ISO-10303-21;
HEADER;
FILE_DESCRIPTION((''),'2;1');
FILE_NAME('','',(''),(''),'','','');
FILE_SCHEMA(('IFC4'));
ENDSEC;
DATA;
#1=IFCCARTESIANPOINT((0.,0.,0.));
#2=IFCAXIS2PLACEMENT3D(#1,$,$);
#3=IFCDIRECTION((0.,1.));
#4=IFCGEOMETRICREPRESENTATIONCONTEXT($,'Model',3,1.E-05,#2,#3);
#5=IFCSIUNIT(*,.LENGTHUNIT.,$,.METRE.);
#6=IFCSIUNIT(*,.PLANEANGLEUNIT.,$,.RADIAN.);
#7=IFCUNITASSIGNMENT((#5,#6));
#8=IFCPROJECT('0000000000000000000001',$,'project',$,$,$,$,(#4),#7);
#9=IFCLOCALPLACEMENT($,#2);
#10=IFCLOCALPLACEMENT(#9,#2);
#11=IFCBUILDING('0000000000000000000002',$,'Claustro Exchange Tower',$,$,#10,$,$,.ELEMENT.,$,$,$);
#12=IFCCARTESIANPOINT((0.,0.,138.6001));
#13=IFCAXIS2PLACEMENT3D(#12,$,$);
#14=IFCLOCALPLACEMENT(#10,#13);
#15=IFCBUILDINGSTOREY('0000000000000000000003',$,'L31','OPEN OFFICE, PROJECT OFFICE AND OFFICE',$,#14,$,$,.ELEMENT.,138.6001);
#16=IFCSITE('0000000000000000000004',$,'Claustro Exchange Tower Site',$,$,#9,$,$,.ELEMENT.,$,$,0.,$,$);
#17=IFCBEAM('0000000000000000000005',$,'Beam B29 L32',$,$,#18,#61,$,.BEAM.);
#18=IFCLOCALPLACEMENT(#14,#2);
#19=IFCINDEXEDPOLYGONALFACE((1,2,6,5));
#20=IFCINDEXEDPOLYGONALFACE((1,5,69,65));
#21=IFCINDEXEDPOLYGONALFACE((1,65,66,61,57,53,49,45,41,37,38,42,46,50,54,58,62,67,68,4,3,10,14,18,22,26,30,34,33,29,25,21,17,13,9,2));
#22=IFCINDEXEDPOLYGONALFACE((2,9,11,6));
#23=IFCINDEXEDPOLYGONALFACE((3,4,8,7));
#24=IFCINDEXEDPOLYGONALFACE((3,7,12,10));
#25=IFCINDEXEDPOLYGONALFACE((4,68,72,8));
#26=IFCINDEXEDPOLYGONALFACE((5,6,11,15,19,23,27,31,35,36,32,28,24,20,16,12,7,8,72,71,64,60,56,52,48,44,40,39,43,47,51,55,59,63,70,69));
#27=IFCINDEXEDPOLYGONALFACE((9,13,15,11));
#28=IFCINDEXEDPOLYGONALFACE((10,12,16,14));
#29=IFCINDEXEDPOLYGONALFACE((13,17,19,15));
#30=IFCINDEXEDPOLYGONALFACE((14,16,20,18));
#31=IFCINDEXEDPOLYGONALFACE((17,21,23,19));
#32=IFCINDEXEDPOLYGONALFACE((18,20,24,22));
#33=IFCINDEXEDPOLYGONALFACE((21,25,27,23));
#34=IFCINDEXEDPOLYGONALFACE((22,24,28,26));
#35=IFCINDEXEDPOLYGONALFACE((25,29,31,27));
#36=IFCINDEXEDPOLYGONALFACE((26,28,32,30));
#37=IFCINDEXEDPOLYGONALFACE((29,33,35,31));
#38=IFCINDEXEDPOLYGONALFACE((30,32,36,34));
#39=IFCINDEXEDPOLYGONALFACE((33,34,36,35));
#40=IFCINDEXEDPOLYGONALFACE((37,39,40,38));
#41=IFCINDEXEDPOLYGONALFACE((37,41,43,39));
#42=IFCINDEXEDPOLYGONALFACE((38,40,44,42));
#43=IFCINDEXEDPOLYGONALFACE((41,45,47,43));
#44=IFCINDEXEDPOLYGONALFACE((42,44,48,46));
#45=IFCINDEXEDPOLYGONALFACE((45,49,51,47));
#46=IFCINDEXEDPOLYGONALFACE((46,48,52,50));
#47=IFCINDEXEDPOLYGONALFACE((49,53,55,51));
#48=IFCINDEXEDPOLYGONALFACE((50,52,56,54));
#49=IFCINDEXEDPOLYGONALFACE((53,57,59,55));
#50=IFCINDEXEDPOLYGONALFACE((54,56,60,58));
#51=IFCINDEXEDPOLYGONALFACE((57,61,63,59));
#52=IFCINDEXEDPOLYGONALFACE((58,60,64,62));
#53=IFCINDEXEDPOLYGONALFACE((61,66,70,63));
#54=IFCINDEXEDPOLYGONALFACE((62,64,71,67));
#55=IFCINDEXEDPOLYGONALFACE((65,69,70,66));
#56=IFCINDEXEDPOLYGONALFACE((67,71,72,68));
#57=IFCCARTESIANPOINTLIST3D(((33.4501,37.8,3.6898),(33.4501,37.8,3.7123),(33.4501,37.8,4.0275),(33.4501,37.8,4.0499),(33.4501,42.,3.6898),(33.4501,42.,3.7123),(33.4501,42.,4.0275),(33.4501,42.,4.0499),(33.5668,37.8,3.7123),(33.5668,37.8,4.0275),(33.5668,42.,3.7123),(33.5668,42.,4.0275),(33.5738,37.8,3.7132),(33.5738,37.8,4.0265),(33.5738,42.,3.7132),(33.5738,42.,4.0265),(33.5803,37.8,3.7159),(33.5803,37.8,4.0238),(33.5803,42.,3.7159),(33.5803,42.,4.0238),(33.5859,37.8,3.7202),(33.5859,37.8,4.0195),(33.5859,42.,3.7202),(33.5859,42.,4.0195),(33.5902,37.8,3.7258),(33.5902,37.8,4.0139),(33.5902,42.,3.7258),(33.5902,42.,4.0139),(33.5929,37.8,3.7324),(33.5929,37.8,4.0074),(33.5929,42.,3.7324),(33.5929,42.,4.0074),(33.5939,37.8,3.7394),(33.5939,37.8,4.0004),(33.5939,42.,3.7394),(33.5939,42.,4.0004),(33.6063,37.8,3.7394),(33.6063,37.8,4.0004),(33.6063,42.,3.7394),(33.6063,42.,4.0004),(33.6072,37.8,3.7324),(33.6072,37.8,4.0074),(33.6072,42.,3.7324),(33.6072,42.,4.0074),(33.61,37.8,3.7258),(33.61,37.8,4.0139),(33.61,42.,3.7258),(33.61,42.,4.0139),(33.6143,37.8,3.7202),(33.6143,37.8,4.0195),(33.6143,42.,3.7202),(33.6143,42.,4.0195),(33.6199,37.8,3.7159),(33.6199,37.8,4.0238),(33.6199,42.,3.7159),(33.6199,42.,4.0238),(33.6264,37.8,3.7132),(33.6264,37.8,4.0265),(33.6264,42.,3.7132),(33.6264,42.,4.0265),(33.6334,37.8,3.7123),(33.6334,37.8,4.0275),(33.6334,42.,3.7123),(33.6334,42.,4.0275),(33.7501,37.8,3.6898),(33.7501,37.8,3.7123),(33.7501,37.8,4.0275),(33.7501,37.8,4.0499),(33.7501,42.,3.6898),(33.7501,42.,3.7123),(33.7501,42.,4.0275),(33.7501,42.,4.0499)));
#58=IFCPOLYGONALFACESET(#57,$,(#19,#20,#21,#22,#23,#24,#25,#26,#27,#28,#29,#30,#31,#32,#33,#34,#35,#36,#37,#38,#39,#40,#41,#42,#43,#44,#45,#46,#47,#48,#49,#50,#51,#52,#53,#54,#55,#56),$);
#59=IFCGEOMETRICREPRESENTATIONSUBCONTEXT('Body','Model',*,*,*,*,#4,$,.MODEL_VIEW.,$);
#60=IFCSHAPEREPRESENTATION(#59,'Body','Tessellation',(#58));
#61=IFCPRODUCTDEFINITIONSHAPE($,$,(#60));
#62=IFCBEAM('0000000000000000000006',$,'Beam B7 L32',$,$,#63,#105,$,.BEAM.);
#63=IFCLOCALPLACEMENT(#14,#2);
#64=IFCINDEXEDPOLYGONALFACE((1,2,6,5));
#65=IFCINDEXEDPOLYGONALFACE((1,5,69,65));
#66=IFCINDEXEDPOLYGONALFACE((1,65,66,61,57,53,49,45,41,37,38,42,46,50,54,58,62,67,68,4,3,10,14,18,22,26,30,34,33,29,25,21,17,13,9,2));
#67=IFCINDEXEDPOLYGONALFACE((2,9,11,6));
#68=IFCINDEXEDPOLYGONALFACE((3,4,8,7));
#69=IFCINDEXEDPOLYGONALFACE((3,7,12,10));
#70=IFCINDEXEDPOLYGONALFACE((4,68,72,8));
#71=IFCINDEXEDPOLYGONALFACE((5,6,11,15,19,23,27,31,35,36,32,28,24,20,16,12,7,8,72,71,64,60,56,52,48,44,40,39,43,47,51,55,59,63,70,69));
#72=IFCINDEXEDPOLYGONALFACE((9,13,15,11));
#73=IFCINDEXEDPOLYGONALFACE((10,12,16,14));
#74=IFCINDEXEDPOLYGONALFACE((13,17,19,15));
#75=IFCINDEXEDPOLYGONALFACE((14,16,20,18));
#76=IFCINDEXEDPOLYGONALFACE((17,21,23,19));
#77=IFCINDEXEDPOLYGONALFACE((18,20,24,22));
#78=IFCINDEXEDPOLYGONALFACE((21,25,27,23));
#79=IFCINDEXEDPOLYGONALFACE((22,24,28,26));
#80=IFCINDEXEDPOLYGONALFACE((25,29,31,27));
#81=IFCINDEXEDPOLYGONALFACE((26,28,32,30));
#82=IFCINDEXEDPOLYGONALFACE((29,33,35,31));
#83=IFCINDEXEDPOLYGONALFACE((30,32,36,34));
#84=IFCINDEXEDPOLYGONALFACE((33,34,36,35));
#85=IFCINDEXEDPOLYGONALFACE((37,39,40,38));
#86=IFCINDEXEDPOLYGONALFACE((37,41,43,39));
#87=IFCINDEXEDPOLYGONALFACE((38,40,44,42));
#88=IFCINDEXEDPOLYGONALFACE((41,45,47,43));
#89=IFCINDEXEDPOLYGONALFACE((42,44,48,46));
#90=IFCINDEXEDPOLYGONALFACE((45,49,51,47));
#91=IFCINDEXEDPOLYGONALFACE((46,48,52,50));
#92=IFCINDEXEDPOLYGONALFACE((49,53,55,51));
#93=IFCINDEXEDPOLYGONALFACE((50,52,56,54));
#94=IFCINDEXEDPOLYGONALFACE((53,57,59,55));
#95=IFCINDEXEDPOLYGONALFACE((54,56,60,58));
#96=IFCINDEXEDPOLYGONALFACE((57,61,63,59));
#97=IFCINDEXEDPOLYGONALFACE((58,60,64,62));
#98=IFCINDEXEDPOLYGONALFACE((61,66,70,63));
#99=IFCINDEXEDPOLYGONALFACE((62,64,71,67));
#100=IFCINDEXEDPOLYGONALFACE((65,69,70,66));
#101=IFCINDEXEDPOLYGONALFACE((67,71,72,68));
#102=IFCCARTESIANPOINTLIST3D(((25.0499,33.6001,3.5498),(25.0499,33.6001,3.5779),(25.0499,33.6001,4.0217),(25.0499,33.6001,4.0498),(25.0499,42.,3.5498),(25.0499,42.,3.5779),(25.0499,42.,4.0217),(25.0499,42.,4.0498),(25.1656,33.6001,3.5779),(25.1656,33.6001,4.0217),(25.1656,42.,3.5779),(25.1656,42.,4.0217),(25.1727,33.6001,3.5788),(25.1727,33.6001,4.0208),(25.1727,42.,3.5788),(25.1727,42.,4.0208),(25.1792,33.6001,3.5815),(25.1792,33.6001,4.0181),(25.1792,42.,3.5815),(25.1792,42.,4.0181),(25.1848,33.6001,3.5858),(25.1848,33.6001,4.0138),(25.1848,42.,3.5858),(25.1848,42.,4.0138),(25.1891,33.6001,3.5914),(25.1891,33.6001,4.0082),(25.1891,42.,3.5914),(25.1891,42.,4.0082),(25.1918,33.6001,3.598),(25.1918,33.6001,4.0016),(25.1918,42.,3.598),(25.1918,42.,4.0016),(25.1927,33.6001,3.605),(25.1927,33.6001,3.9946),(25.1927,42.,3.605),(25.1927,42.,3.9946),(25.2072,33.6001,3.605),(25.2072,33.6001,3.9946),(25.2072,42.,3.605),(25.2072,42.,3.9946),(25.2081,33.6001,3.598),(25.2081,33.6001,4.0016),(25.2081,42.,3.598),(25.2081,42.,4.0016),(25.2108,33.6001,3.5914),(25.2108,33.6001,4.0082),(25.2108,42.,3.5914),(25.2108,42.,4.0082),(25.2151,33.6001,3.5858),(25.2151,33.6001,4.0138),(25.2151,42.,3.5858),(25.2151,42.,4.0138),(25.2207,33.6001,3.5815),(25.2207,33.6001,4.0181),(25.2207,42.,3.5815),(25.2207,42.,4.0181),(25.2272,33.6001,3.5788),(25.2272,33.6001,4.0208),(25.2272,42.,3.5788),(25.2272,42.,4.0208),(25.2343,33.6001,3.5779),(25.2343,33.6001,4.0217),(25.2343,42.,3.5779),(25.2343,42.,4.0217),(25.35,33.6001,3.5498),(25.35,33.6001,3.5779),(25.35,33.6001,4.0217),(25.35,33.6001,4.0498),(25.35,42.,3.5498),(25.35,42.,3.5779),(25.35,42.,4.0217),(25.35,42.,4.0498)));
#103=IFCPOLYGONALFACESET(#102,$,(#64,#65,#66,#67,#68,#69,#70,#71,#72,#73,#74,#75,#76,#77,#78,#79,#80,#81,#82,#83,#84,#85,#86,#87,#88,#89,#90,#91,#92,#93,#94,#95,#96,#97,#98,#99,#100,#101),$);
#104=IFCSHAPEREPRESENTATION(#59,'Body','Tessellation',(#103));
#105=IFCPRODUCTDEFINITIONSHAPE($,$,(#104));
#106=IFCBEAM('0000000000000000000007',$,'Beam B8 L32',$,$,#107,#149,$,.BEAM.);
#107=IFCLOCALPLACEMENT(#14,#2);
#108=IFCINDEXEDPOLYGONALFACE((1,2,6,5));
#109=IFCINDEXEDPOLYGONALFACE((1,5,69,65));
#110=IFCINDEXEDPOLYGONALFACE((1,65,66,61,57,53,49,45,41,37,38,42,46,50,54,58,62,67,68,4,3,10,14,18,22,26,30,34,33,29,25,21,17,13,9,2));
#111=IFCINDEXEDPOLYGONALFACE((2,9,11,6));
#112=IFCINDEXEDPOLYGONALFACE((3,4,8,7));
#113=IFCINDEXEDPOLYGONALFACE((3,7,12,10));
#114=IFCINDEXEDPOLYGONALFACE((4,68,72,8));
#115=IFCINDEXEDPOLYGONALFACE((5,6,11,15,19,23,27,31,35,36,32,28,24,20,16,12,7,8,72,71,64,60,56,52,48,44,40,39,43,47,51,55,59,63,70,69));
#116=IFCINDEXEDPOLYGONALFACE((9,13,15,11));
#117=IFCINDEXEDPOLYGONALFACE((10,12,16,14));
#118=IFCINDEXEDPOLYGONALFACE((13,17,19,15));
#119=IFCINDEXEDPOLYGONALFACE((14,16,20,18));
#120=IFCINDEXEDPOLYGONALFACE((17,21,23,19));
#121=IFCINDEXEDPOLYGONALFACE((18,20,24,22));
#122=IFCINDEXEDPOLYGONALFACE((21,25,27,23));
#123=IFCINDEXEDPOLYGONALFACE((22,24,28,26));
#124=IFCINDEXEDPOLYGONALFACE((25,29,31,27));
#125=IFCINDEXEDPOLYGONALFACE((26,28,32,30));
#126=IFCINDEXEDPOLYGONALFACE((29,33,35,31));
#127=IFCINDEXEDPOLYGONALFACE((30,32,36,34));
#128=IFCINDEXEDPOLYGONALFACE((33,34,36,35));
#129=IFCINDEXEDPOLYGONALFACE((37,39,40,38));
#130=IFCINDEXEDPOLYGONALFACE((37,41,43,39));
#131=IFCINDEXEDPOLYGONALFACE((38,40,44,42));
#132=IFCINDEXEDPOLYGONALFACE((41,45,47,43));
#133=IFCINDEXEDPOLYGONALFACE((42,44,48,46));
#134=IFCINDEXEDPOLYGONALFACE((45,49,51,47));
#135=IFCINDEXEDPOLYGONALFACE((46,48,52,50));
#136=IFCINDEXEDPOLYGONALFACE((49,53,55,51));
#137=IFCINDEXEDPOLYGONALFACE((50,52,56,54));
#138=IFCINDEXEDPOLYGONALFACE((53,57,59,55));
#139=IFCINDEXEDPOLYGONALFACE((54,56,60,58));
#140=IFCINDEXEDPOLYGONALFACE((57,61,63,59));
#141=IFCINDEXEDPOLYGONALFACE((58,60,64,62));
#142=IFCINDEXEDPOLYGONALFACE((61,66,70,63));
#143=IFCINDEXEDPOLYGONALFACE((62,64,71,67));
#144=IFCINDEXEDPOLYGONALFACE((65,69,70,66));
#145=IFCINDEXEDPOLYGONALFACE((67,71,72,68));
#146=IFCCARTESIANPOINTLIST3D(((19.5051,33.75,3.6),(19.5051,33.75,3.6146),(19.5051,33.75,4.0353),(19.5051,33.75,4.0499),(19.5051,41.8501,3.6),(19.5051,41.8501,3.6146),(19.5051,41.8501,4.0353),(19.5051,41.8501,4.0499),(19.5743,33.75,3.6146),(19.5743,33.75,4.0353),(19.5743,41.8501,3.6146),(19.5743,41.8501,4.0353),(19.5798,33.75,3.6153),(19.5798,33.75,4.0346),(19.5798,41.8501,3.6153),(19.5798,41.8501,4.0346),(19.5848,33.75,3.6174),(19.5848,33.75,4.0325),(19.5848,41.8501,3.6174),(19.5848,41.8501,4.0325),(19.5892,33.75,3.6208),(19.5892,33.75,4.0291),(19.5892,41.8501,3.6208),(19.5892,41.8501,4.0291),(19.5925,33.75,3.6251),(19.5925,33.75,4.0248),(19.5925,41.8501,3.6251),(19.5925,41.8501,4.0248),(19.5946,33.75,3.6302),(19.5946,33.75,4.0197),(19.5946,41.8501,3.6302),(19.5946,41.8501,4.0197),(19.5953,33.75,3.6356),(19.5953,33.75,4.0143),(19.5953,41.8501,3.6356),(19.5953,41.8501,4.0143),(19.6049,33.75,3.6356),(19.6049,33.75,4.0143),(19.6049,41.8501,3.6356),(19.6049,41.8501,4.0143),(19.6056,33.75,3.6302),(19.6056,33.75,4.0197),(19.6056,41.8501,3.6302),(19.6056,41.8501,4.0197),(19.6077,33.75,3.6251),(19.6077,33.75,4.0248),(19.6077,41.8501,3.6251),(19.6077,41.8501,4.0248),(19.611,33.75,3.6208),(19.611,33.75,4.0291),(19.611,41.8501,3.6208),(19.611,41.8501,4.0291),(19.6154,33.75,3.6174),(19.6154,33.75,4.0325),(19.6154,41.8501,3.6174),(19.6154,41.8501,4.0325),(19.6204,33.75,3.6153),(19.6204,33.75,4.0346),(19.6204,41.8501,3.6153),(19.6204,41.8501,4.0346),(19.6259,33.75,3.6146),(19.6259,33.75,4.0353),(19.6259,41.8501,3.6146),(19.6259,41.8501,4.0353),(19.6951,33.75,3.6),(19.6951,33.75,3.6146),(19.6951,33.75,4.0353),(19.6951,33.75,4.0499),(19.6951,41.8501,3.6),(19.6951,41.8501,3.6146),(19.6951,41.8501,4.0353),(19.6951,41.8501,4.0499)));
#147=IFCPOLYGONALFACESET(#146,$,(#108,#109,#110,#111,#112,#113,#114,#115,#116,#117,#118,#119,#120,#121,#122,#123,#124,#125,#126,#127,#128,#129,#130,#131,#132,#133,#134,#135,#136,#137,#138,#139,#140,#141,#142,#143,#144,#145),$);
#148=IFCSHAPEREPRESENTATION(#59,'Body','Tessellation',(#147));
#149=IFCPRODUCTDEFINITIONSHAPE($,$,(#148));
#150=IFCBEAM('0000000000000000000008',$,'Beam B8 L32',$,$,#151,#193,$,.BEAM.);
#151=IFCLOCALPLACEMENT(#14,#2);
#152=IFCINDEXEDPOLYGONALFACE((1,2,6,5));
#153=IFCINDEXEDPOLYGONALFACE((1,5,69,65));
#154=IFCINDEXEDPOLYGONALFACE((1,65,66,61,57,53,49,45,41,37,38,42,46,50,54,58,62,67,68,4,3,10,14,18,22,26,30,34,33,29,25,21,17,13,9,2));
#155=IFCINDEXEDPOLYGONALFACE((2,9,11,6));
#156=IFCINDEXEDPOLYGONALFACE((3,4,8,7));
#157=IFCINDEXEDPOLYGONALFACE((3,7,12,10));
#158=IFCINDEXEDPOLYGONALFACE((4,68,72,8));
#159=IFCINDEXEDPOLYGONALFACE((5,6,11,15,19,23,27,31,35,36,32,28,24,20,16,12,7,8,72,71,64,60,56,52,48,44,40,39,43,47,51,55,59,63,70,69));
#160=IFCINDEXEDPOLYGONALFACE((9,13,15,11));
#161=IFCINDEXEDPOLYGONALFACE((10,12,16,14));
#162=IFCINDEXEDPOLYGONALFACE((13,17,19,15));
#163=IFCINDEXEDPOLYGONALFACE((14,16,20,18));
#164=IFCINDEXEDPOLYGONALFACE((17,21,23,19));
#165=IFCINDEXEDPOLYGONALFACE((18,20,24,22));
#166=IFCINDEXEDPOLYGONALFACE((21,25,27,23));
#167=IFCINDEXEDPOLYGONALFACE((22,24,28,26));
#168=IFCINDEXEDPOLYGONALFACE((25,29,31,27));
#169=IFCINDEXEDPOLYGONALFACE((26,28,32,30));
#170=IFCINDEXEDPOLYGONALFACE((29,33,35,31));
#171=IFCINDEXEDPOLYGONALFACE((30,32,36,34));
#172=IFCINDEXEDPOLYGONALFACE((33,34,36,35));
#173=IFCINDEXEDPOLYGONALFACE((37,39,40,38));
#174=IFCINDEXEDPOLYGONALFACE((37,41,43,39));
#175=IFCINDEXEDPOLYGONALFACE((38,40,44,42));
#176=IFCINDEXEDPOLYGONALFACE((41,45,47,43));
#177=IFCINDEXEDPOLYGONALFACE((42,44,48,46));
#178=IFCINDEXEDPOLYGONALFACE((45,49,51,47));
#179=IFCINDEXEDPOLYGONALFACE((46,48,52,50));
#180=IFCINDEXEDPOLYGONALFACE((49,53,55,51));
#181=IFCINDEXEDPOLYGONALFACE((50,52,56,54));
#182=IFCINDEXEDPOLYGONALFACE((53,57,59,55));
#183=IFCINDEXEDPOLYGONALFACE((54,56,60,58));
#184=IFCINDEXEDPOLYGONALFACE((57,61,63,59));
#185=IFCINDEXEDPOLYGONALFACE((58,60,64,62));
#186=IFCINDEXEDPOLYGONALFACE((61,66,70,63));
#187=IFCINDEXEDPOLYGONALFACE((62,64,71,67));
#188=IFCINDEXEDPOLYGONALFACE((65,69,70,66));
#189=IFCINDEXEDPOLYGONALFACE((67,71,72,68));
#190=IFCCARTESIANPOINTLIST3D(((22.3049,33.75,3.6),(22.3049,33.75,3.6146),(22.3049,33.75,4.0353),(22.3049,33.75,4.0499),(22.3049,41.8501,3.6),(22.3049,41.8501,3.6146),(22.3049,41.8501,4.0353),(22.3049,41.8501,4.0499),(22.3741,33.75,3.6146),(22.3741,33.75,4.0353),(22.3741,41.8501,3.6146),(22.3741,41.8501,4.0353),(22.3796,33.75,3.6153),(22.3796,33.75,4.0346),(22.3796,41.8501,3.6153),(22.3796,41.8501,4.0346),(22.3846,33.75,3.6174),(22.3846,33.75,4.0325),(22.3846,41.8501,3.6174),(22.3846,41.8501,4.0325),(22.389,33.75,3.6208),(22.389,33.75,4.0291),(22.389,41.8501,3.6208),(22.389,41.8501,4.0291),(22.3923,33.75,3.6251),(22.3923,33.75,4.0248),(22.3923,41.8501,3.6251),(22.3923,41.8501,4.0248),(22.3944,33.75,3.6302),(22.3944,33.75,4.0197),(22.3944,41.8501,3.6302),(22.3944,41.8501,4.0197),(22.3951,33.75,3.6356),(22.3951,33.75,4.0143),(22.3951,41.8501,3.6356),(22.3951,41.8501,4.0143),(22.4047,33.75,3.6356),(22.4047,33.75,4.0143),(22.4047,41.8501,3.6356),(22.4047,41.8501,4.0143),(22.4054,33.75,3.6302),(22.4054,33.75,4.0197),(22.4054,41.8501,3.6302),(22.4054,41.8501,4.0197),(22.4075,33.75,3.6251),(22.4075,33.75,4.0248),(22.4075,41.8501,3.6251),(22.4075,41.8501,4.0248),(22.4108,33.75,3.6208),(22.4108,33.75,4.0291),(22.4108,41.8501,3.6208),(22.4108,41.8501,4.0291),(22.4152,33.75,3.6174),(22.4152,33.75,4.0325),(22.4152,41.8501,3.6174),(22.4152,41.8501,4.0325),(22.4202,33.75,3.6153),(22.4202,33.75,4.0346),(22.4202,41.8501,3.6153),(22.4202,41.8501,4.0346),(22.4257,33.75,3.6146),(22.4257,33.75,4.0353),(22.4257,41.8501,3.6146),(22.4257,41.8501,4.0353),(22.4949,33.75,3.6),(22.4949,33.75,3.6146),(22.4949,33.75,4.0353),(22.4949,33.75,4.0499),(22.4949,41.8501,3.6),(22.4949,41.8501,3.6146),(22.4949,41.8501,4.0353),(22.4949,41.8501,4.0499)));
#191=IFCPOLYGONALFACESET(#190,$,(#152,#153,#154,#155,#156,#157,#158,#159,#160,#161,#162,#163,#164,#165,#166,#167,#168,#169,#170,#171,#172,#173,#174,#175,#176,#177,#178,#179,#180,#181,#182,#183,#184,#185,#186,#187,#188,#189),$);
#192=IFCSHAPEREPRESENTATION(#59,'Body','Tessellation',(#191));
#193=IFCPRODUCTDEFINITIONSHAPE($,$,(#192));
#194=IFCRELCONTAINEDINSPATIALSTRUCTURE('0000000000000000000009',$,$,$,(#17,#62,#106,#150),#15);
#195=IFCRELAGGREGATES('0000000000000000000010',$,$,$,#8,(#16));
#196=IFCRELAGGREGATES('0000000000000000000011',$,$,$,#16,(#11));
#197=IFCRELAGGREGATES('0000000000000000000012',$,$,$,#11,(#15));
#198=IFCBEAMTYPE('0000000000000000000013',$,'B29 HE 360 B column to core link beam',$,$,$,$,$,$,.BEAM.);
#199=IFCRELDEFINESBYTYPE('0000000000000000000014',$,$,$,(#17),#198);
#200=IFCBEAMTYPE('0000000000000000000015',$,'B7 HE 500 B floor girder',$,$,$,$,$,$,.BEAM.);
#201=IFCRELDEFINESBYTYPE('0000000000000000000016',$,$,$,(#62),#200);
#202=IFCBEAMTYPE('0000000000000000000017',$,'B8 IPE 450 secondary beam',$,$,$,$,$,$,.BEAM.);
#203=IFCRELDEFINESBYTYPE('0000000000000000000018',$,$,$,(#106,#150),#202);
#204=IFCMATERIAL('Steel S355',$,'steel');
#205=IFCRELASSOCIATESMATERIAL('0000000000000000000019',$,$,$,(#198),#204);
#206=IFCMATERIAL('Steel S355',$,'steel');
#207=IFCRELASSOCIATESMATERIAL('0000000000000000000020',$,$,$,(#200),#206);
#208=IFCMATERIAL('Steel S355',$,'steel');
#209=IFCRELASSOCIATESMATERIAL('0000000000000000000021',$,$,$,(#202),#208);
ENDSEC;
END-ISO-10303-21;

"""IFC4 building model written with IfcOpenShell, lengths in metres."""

from ifc_helpers import new_model, si_unit, direction, frame, origin, origin_2d, place, context, subcontext, project, spatial, i_section, extrude, material, material_profile, profile_set, type_object, element, save


model = new_model("IFC4")

# Units and contexts
model_context = context("Model", 3, precision=1e-05, world=origin(), true_north=direction((0.0, 1.0)))
body_context = subcontext(model_context, "Body", "Model", "MODEL_VIEW")
ifc_project = project(units=[si_unit("LENGTHUNIT", "METRE"), si_unit("PLANEANGLEUNIT", "RADIAN")], contexts=[model_context])

# Site, building, storey
site_placement = place(None, origin())
site = spatial("IfcSite", under=ifc_project, at=site_placement, Name="Claustro Exchange Tower Site", CompositionType="ELEMENT", RefElevation=0.0)
building_placement = place(site_placement, origin())
building = spatial("IfcBuilding", under=site, at=building_placement, Name="Claustro Exchange Tower", CompositionType="ELEMENT")
storey_placement = place(building_placement, frame((0.0, 0.0, 138.6001)))
storey = spatial("IfcBuildingStorey", under=building, at=storey_placement, Name="L31", Description="OPEN OFFICE, PROJECT OFFICE AND OFFICE", CompositionType="ELEMENT", Elevation=138.6001)

# Beams
ifc_material_1 = material(Name="Steel S355", Category="steel")
ifc_material_profile_1 = material_profile(ifc_material_1, i_section(OverallWidth=0.3, OverallDepth=0.3601, WebThickness=0.0125, FlangeThickness=0.0225, FilletRadius=0.0271, at=origin_2d()), Name="HE 360 B")
ifc_profile_set_1 = profile_set([ifc_material_profile_1], Name="Steel S355")
beam_type_1 = type_object("IfcBeamType", Name="B29 HE 360 B column to core link beam", PredefinedType="BEAM", material=ifc_profile_set_1)
beam_1_placement = place(storey_placement, frame((33.6001, 37.8, 3.8699), z_axis=(0.0, 1.0, 0.0), x_axis=(-1.0, 0.0, 0.0)))
element("IfcBeam", 1, at=beam_1_placement, inside=storey, type_object=beam_type_1, Name="Beam B29 L32", PredefinedType="BEAM", context=body_context, shape_type="SweptSolid", body=[
    extrude(i_section(OverallWidth=0.3, OverallDepth=0.3601, WebThickness=0.0125, FlangeThickness=0.0225, FilletRadius=0.0271, at=origin_2d()), origin(), (0.0, 0.0, 1.0), 4.2),
])
ifc_material_2 = material(Name="Steel S355", Category="steel")
ifc_material_profile_2 = material_profile(ifc_material_2, i_section(OverallWidth=0.3, OverallDepth=0.5, WebThickness=0.0144, FlangeThickness=0.0281, FilletRadius=0.0271, at=origin_2d()), Name="HE 500 B")
ifc_profile_set_2 = profile_set([ifc_material_profile_2], Name="Steel S355")
beam_type_2 = type_object("IfcBeamType", Name="B7 HE 500 B floor girder", PredefinedType="BEAM", material=ifc_profile_set_2)
beam_2_placement = place(storey_placement, frame((25.2, 33.6001, 3.7998), z_axis=(0.0, 1.0, 0.0), x_axis=(-1.0, 0.0, 0.0)))
element("IfcBeam", 2, at=beam_2_placement, inside=storey, type_object=beam_type_2, Name="Beam B7 L32", PredefinedType="BEAM", context=body_context, shape_type="SweptSolid", body=[
    extrude(i_section(OverallWidth=0.3, OverallDepth=0.5, WebThickness=0.0144, FlangeThickness=0.0281, FilletRadius=0.0271, at=origin_2d()), origin(), (0.0, 0.0, 1.0), 8.3999),
])
ifc_material_3 = material(Name="Steel S355", Category="steel")
ifc_material_profile_3 = material_profile(ifc_material_3, i_section(OverallWidth=0.1899, OverallDepth=0.45, WebThickness=0.0095, FlangeThickness=0.0146, FilletRadius=0.021, at=origin_2d()), Name="IPE 450")
ifc_profile_set_3 = profile_set([ifc_material_profile_3], Name="Steel S355")
beam_type_3 = type_object("IfcBeamType", Name="B8 IPE 450 secondary beam", PredefinedType="BEAM", material=ifc_profile_set_3)
for number, where, z_axis, x_axis, name in (
    (3, (19.6001, 33.75, 3.825), (0.0, 1.0, 0.0), (-1.0, 0.0, 0.0), "Beam B8 L32"),
    (4, (22.3999, 33.75, 3.825), (0.0, 1.0, 0.0), (-1.0, 0.0, 0.0), "Beam B8 L32"),
):
    element("IfcBeam", number, at=place(storey_placement, frame(where, z_axis=z_axis, x_axis=x_axis)), inside=storey, type_object=beam_type_3, Name=name, PredefinedType="BEAM", context=body_context, shape_type="SweptSolid", body=[
        extrude(i_section(OverallWidth=0.1899, OverallDepth=0.45, WebThickness=0.0095, FlangeThickness=0.0146, FilletRadius=0.021, at=origin_2d()), origin(), (0.0, 0.0, 1.0), 8.1001),
    ])

save(model, "model.ifc")
